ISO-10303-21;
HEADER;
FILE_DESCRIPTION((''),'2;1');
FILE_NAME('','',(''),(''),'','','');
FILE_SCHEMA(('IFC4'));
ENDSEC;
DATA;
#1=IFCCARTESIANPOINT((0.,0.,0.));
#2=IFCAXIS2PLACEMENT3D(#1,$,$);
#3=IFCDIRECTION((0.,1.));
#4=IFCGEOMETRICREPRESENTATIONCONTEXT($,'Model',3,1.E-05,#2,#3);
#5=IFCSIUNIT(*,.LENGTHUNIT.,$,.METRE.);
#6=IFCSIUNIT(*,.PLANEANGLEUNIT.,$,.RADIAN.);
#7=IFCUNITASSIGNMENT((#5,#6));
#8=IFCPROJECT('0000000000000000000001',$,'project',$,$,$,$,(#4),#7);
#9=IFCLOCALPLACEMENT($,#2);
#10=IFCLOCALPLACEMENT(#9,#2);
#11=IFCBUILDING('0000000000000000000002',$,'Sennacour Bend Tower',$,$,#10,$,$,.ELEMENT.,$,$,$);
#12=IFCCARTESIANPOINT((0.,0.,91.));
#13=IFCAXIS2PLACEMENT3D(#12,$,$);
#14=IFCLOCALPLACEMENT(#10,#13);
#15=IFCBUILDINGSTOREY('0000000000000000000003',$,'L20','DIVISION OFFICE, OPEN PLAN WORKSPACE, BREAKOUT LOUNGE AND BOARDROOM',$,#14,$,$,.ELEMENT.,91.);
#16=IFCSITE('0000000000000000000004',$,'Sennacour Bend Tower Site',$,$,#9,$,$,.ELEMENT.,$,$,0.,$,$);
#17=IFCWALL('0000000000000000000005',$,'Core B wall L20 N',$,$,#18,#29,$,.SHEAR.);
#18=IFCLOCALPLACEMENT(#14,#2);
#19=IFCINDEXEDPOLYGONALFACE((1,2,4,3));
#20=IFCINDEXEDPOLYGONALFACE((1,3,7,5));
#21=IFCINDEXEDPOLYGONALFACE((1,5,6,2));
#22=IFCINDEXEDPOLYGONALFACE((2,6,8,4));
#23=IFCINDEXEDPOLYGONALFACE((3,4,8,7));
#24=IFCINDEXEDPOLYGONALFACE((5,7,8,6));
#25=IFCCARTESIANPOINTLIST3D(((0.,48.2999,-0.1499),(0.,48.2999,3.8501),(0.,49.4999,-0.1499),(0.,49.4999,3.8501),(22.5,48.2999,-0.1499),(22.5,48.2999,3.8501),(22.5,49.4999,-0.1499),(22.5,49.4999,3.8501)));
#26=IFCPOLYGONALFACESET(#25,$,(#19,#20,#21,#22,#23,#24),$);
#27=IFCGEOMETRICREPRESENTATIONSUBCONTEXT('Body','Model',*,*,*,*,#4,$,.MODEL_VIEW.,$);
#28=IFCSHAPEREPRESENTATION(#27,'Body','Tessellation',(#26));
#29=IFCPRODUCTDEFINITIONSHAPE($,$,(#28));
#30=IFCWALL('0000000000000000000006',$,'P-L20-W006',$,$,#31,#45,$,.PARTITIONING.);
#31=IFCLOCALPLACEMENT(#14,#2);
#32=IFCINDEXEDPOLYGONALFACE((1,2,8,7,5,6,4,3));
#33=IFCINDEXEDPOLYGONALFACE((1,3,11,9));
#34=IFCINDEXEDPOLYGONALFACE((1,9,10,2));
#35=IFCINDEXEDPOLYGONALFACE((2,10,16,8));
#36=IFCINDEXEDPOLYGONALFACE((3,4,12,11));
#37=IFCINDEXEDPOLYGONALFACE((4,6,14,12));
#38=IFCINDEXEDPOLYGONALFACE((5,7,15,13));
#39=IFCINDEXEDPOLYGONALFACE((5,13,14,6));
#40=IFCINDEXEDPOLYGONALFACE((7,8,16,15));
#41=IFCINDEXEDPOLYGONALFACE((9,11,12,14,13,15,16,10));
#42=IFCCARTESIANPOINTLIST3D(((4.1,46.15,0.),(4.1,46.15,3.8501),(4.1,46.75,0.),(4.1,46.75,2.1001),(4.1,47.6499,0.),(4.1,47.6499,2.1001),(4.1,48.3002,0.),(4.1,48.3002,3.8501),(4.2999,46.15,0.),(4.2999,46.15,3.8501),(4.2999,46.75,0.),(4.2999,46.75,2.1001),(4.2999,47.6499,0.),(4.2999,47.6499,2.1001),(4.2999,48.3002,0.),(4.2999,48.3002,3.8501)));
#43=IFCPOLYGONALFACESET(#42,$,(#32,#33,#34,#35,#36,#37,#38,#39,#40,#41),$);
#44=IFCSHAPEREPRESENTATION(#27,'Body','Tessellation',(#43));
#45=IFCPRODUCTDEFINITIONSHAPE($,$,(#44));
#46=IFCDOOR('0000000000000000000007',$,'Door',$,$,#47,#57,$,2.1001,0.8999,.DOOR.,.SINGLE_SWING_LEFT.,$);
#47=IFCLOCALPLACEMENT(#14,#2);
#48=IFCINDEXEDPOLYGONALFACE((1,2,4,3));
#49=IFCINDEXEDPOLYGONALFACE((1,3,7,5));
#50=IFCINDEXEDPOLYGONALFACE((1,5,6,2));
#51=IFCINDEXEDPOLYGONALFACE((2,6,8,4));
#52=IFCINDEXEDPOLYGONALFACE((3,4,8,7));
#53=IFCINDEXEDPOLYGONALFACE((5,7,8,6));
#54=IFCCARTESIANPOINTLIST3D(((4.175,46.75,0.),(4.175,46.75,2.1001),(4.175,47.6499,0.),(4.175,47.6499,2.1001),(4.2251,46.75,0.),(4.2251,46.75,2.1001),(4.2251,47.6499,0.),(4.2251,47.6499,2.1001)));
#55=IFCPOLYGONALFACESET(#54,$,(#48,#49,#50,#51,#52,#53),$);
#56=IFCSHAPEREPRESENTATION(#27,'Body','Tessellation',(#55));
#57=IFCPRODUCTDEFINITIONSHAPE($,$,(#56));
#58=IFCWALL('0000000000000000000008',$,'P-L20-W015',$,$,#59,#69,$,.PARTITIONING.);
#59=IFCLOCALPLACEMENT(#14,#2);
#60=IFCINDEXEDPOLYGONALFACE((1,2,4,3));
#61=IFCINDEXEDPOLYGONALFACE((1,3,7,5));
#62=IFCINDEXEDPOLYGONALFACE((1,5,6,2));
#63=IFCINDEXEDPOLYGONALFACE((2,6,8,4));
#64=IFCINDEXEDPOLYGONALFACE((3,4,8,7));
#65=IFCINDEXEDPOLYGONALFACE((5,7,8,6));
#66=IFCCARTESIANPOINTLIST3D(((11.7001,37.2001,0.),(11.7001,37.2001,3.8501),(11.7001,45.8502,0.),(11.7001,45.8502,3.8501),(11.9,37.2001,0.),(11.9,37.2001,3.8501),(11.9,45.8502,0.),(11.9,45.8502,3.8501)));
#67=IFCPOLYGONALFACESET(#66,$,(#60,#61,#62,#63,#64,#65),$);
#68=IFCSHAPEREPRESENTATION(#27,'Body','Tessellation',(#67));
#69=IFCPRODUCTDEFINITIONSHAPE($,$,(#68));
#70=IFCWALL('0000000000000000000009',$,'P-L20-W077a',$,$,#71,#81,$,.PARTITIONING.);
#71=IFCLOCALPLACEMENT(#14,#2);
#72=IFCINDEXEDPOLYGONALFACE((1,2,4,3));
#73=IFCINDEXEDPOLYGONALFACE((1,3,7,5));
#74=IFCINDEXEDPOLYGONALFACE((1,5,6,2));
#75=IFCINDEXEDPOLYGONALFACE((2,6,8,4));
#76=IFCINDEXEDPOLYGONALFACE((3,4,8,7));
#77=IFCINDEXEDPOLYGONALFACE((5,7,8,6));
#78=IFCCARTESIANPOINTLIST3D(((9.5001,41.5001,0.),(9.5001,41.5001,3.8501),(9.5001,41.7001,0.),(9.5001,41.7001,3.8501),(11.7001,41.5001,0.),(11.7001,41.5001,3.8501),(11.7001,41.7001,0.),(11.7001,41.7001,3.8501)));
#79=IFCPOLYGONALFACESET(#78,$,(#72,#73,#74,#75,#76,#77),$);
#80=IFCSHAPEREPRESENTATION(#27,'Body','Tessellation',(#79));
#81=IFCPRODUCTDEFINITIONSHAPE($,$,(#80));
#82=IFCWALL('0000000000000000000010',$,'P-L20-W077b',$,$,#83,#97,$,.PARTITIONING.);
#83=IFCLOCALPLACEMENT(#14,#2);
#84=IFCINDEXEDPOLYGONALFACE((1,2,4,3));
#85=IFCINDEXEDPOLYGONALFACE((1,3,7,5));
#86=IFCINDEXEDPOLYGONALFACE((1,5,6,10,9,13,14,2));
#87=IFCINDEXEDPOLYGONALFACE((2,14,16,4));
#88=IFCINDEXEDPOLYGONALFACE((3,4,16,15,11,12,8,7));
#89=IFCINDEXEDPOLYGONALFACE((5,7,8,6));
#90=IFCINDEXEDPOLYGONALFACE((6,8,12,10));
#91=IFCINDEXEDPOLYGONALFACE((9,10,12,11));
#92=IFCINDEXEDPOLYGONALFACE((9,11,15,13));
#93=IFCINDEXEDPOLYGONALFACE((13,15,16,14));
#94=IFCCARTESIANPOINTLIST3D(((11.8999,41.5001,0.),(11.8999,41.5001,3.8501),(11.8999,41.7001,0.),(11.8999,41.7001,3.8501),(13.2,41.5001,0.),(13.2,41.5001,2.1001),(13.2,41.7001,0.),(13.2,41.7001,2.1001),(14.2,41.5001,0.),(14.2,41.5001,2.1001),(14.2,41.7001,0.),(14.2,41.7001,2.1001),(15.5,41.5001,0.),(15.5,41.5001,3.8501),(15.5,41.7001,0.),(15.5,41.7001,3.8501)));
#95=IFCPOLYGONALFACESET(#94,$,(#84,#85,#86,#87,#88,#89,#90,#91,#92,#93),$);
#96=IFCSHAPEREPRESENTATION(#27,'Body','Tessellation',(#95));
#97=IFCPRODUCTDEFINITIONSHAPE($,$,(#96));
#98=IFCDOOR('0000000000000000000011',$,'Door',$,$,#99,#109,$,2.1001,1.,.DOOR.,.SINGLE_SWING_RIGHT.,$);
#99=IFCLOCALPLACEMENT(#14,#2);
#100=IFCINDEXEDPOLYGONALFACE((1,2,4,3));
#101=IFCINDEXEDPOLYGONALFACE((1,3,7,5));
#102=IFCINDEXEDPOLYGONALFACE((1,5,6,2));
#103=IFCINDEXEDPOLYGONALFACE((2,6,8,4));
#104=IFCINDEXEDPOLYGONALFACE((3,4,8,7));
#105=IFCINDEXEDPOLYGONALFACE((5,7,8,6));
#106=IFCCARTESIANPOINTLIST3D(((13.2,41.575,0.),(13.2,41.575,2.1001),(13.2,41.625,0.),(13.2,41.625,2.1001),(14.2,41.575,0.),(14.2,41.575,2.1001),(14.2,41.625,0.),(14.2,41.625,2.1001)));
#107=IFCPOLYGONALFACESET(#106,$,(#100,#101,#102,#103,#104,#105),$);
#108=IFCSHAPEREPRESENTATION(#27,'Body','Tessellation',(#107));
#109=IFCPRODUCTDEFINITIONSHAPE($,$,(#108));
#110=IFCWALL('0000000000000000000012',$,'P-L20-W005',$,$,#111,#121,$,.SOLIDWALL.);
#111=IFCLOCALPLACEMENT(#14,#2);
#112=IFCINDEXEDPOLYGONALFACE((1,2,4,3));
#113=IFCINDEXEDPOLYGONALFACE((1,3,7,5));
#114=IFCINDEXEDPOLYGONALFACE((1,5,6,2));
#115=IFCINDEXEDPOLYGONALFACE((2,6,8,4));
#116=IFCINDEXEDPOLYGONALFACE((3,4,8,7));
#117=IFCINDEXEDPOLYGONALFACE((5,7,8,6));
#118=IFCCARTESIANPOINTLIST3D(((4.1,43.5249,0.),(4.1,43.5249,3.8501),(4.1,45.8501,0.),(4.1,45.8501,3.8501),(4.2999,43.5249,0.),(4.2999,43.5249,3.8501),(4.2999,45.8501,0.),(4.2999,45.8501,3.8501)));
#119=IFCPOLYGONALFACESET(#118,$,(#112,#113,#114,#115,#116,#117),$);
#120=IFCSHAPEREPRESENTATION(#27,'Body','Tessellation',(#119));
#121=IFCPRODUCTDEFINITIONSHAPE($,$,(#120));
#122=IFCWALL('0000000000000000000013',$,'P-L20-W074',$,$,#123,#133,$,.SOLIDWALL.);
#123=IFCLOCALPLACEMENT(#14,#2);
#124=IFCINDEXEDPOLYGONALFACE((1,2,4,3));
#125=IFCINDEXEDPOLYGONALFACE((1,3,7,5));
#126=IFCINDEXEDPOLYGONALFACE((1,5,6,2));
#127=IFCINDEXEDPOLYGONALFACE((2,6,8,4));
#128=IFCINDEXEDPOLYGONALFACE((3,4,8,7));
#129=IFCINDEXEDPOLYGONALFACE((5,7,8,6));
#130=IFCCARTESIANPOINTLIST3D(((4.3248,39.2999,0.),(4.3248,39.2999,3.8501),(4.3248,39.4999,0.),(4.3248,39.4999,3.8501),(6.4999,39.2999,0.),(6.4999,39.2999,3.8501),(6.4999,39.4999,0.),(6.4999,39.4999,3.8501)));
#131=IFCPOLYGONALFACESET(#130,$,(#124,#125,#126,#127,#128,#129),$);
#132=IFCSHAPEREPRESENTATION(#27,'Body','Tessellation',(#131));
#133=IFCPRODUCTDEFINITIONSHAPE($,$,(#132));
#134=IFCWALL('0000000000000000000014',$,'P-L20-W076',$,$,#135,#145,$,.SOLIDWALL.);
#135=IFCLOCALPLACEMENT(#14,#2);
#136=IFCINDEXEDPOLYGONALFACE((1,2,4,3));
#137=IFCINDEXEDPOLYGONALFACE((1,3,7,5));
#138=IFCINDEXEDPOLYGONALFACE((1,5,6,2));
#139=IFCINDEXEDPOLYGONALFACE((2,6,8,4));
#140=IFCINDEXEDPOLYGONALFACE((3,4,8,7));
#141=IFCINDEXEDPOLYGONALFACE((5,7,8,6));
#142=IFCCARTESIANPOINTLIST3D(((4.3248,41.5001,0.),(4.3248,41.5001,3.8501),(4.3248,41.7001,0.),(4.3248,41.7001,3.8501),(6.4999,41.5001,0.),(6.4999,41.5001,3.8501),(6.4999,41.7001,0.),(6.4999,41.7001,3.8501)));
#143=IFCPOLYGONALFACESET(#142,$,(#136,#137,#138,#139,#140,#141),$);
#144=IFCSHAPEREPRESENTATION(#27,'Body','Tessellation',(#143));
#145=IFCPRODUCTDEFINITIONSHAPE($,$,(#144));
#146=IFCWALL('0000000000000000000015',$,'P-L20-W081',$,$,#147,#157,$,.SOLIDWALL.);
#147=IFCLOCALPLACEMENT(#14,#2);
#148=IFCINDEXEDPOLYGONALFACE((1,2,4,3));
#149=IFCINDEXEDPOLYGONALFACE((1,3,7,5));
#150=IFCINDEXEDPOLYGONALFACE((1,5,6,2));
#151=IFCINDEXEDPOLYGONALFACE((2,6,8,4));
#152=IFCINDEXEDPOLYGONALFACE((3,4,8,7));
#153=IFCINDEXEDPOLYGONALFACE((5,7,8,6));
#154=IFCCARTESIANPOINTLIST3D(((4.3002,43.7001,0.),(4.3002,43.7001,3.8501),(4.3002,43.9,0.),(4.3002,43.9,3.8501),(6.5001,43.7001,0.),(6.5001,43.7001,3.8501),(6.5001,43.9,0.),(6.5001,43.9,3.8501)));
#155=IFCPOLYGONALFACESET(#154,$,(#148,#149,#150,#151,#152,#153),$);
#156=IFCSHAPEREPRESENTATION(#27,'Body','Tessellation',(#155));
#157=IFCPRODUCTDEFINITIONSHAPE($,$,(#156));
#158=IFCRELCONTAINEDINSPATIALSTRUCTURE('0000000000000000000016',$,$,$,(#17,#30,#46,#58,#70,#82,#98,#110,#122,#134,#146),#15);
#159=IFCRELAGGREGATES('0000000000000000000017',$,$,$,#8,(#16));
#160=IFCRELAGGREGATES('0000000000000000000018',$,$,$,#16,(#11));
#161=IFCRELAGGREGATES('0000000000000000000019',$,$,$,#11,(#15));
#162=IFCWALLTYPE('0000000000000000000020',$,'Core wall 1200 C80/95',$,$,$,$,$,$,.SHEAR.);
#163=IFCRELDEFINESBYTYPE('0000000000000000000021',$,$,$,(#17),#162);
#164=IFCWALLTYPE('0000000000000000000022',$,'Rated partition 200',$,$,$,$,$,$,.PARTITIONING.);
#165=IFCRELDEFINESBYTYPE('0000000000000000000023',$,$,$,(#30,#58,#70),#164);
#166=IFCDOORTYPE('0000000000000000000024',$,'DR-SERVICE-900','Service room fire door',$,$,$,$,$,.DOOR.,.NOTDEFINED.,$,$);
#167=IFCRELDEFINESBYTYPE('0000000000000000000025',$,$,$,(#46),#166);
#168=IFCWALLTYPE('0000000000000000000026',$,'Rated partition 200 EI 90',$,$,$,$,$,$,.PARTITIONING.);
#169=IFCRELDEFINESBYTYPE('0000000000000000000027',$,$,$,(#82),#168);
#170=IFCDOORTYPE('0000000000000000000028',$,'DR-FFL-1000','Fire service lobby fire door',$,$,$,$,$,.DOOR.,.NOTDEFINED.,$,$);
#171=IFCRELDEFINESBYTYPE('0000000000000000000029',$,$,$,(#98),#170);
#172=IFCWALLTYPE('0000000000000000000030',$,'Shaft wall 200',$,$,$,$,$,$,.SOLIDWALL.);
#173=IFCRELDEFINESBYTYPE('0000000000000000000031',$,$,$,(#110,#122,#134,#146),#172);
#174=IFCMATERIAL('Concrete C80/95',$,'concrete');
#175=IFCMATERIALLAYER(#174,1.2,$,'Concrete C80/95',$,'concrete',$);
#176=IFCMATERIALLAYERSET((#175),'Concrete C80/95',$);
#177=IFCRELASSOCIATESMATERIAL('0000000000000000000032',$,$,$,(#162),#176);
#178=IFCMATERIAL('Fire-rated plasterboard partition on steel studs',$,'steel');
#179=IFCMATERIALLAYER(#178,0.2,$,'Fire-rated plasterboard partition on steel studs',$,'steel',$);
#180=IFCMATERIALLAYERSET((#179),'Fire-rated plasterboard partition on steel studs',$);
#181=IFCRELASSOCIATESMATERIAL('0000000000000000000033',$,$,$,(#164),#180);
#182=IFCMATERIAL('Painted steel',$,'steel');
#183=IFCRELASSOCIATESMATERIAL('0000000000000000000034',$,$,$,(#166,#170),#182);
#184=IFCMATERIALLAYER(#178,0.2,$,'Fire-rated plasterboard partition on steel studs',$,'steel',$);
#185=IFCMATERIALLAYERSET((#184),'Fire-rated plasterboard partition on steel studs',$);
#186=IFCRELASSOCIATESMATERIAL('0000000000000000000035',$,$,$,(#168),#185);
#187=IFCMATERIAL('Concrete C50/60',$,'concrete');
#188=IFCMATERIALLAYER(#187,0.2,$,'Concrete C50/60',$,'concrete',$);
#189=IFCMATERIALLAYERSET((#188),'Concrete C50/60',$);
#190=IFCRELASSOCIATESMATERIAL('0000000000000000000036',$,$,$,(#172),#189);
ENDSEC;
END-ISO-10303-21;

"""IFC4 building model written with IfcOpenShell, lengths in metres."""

from ifc_helpers import new_model, si_unit, direction, frame, frame_2d, origin, place, context, subcontext, project, spatial, rectangle, extrude, material, layer, layer_set, type_object, element, fill, save


model = new_model("IFC4")

# Units and contexts
model_context = context("Model", 3, precision=1e-05, world=origin(), true_north=direction((0.0, 1.0)))
body_context = subcontext(model_context, "Body", "Model", "MODEL_VIEW")
ifc_project = project(units=[si_unit("LENGTHUNIT", "METRE"), si_unit("PLANEANGLEUNIT", "RADIAN")], contexts=[model_context])

# Site, building, storey
site_placement = place(None, origin())
site = spatial("IfcSite", under=ifc_project, at=site_placement, Name="Sennacour Bend Tower Site", CompositionType="ELEMENT", RefElevation=0.0)
building_placement = place(site_placement, origin())
building = spatial("IfcBuilding", under=site, at=building_placement, Name="Sennacour Bend Tower", CompositionType="ELEMENT")
storey_placement = place(building_placement, frame((0.0, 0.0, 91.0)))
storey = spatial("IfcBuildingStorey", under=building, at=storey_placement, Name="L20", Description="DIVISION OFFICE, OPEN PLAN WORKSPACE, BREAKOUT LOUNGE AND BOARDROOM", CompositionType="ELEMENT", Elevation=91.0)

# Wall
ifc_material_1 = material(Name="Concrete C80/95", Category="concrete")
ifc_layer_1 = layer(ifc_material_1, 1.2, Name="Concrete C80/95", Category="concrete")
ifc_layer_set_1 = layer_set([ifc_layer_1], Name="Concrete C80/95")
wall_type_1 = type_object("IfcWallType", Name="Core wall 1200 C80/95", PredefinedType="SHEAR", material=ifc_layer_set_1)
wall_1_placement = place(storey_placement, frame((0.0, 48.8999, -0.1499), z_axis=(0.0, 0.0, 1.0), x_axis=(1.0, 0.0, 0.0)))
element("IfcWall", 1, at=wall_1_placement, inside=storey, type_object=wall_type_1, Name="Core B wall L20 N", PredefinedType="SHEAR", context=body_context, shape_type="SweptSolid", body=[
    extrude(rectangle(XDim=22.5, YDim=1.2, at=frame_2d((11.25, 0.0))), origin(), (0.0, 0.0, 1.0), 4.0),
])

# Wall, opening, door
ifc_material_2 = material(Name="Fire-rated plasterboard partition on steel studs", Category="steel")
ifc_layer_2 = layer(ifc_material_2, 0.2, Name="Fire-rated plasterboard partition on steel studs", Category="steel")
ifc_layer_set_2 = layer_set([ifc_layer_2], Name="Fire-rated plasterboard partition on steel studs")
wall_type_2 = type_object("IfcWallType", Name="Rated partition 200", PredefinedType="PARTITIONING", material=ifc_layer_set_2)
wall_2_placement = place(storey_placement, frame((4.2, 46.1499, 0.0), z_axis=(0.0, 0.0, 1.0), x_axis=(0.0, 1.0, 0.0)))
wall_2 = element("IfcWall", 2, at=wall_2_placement, inside=storey, type_object=wall_type_2, Name="P-L20-W006", PredefinedType="PARTITIONING", context=body_context, shape_type="SweptSolid", body=[
    extrude(rectangle(XDim=2.1501, YDim=0.2, at=frame_2d((1.0752, 0.0))), origin(), (0.0, 0.0, 1.0), 3.8501),
])
opening_1_placement = place(wall_2_placement, frame((0.6001, 0.0, 0.0)))
opening_1 = element("IfcOpeningElement", 3, at=opening_1_placement, cuts=wall_2, PredefinedType="OPENING", context=body_context, shape_type="SweptSolid", body=[
    extrude(rectangle(XDim=0.8999, YDim=2.1001, at=frame_2d((0.45, 1.05))), frame((0.0, 0.1099, 0.0), z_axis=(0.0, -1.0, 0.0), x_axis=(1.0, 0.0, 0.0)), (0.0, 0.0, 1.0), 0.22),
])
ifc_material_3 = material(Name="Painted steel", Category="steel")
door_type_1 = type_object("IfcDoorType", Name="DR-SERVICE-900", Description="Service room fire door", OperationType="NOTDEFINED", PredefinedType="DOOR", material=ifc_material_3)
door_1_placement = place(opening_1_placement, origin())
door_1 = element("IfcDoor", 4, at=door_1_placement, inside=storey, type_object=door_type_1, Name="Door", OperationType="SINGLE_SWING_LEFT", OverallHeight=2.1001, OverallWidth=0.8999, PredefinedType="DOOR", context=body_context, shape_type="SweptSolid", body=[
    extrude(rectangle(XDim=0.8999, YDim=2.1001, at=frame_2d((0.45, 1.05))), frame((0.0, 0.0249, 0.0), z_axis=(0.0, -1.0, 0.0), x_axis=(1.0, 0.0, 0.0)), (0.0, 0.0, 1.0), 0.05),
])
fill(opening_1, door_1)

# Walls
wall_3_placement = place(storey_placement, frame((11.8, 37.2, 0.0), z_axis=(0.0, 0.0, 1.0), x_axis=(0.0, 1.0, 0.0)))
element("IfcWall", 5, at=wall_3_placement, inside=storey, type_object=wall_type_2, Name="P-L20-W015", PredefinedType="PARTITIONING", context=body_context, shape_type="SweptSolid", body=[
    extrude(rectangle(XDim=8.6501, YDim=0.2, at=frame_2d((4.3252, 0.0))), origin(), (0.0, 0.0, 1.0), 3.8501),
])
wall_4_placement = place(storey_placement, frame((9.5, 41.6001, 0.0), z_axis=(0.0, 0.0, 1.0), x_axis=(1.0, 0.0, 0.0)))
element("IfcWall", 6, at=wall_4_placement, inside=storey, type_object=wall_type_2, Name="P-L20-W077a", PredefinedType="PARTITIONING", context=body_context, shape_type="SweptSolid", body=[
    extrude(rectangle(XDim=2.2, YDim=0.2, at=frame_2d((1.1001, 0.0))), origin(), (0.0, 0.0, 1.0), 3.8501),
])

# Wall, opening, door
ifc_layer_3 = layer(ifc_material_2, 0.2, Name="Fire-rated plasterboard partition on steel studs", Category="steel")
ifc_layer_set_3 = layer_set([ifc_layer_3], Name="Fire-rated plasterboard partition on steel studs")
wall_type_3 = type_object("IfcWallType", Name="Rated partition 200 EI 90", PredefinedType="PARTITIONING", material=ifc_layer_set_3)
wall_5_placement = place(storey_placement, frame((11.8999, 41.6001, 0.0), z_axis=(0.0, 0.0, 1.0), x_axis=(1.0, 0.0, 0.0)))
wall_5 = element("IfcWall", 7, at=wall_5_placement, inside=storey, type_object=wall_type_3, Name="P-L20-W077b", PredefinedType="PARTITIONING", context=body_context, shape_type="SweptSolid", body=[
    extrude(rectangle(XDim=3.6001, YDim=0.2, at=frame_2d((1.8, 0.0))), origin(), (0.0, 0.0, 1.0), 3.8501),
])
opening_2_placement = place(wall_5_placement, frame((1.3, 0.0, 0.0)))
opening_2 = element("IfcOpeningElement", 8, at=opening_2_placement, cuts=wall_5, PredefinedType="OPENING", context=body_context, shape_type="SweptSolid", body=[
    extrude(rectangle(XDim=1.0, YDim=2.1001, at=frame_2d((0.5, 1.05))), frame((0.0, 0.1099, 0.0), z_axis=(0.0, -1.0, 0.0), x_axis=(1.0, 0.0, 0.0)), (0.0, 0.0, 1.0), 0.22),
])
door_type_2 = type_object("IfcDoorType", Name="DR-FFL-1000", Description="Fire service lobby fire door", OperationType="NOTDEFINED", PredefinedType="DOOR", material=ifc_material_3)
door_2_placement = place(opening_2_placement, origin())
door_2 = element("IfcDoor", 9, at=door_2_placement, inside=storey, type_object=door_type_2, Name="Door", OperationType="SINGLE_SWING_RIGHT", OverallHeight=2.1001, OverallWidth=1.0, PredefinedType="DOOR", context=body_context, shape_type="SweptSolid", body=[
    extrude(rectangle(XDim=1.0, YDim=2.1001, at=frame_2d((0.5, 1.05))), frame((0.0, 0.0249, 0.0), z_axis=(0.0, -1.0, 0.0), x_axis=(1.0, 0.0, 0.0)), (0.0, 0.0, 1.0), 0.05),
])
fill(opening_2, door_2)

# Walls
ifc_material_4 = material(Name="Concrete C50/60", Category="concrete")
ifc_layer_4 = layer(ifc_material_4, 0.2, Name="Concrete C50/60", Category="concrete")
ifc_layer_set_4 = layer_set([ifc_layer_4], Name="Concrete C50/60")
wall_type_4 = type_object("IfcWallType", Name="Shaft wall 200", PredefinedType="SOLIDWALL", material=ifc_layer_set_4)
wall_6_placement = place(storey_placement, frame((4.2, 43.5249, 0.0), z_axis=(0.0, 0.0, 1.0), x_axis=(0.0, 1.0, 0.0)))
element("IfcWall", 10, at=wall_6_placement, inside=storey, type_object=wall_type_4, Name="P-L20-W005", PredefinedType="SOLIDWALL", context=body_context, shape_type="SweptSolid", body=[
    extrude(rectangle(XDim=2.3252, YDim=0.2, at=frame_2d((1.1626, 0.0))), origin(), (0.0, 0.0, 1.0), 3.8501),
])
for number, where, z_axis, x_axis, name in (
    (11, (4.325, 39.3999, 0.0), (0.0, 0.0, 1.0), (1.0, 0.0, 0.0), "P-L20-W074"),
    (12, (4.325, 41.6001, 0.0), (0.0, 0.0, 1.0), (1.0, 0.0, 0.0), "P-L20-W076"),
):
    element("IfcWall", number, at=place(storey_placement, frame(where, z_axis=z_axis, x_axis=x_axis)), inside=storey, type_object=wall_type_4, Name=name, PredefinedType="SOLIDWALL", context=body_context, shape_type="SweptSolid", body=[
        extrude(rectangle(XDim=2.175, YDim=0.2, at=frame_2d((1.0874, 0.0))), origin(), (0.0, 0.0, 1.0), 3.8501),
    ])
wall_7_placement = place(storey_placement, frame((4.3, 43.8, 0.0), z_axis=(0.0, 0.0, 1.0), x_axis=(1.0, 0.0, 0.0)))
element("IfcWall", 13, at=wall_7_placement, inside=storey, type_object=wall_type_4, Name="P-L20-W081", PredefinedType="SOLIDWALL", context=body_context, shape_type="SweptSolid", body=[
    extrude(rectangle(XDim=2.2, YDim=0.2, at=frame_2d((1.1001, 0.0))), origin(), (0.0, 0.0, 1.0), 3.8501),
])

save(model, "model.ifc")
